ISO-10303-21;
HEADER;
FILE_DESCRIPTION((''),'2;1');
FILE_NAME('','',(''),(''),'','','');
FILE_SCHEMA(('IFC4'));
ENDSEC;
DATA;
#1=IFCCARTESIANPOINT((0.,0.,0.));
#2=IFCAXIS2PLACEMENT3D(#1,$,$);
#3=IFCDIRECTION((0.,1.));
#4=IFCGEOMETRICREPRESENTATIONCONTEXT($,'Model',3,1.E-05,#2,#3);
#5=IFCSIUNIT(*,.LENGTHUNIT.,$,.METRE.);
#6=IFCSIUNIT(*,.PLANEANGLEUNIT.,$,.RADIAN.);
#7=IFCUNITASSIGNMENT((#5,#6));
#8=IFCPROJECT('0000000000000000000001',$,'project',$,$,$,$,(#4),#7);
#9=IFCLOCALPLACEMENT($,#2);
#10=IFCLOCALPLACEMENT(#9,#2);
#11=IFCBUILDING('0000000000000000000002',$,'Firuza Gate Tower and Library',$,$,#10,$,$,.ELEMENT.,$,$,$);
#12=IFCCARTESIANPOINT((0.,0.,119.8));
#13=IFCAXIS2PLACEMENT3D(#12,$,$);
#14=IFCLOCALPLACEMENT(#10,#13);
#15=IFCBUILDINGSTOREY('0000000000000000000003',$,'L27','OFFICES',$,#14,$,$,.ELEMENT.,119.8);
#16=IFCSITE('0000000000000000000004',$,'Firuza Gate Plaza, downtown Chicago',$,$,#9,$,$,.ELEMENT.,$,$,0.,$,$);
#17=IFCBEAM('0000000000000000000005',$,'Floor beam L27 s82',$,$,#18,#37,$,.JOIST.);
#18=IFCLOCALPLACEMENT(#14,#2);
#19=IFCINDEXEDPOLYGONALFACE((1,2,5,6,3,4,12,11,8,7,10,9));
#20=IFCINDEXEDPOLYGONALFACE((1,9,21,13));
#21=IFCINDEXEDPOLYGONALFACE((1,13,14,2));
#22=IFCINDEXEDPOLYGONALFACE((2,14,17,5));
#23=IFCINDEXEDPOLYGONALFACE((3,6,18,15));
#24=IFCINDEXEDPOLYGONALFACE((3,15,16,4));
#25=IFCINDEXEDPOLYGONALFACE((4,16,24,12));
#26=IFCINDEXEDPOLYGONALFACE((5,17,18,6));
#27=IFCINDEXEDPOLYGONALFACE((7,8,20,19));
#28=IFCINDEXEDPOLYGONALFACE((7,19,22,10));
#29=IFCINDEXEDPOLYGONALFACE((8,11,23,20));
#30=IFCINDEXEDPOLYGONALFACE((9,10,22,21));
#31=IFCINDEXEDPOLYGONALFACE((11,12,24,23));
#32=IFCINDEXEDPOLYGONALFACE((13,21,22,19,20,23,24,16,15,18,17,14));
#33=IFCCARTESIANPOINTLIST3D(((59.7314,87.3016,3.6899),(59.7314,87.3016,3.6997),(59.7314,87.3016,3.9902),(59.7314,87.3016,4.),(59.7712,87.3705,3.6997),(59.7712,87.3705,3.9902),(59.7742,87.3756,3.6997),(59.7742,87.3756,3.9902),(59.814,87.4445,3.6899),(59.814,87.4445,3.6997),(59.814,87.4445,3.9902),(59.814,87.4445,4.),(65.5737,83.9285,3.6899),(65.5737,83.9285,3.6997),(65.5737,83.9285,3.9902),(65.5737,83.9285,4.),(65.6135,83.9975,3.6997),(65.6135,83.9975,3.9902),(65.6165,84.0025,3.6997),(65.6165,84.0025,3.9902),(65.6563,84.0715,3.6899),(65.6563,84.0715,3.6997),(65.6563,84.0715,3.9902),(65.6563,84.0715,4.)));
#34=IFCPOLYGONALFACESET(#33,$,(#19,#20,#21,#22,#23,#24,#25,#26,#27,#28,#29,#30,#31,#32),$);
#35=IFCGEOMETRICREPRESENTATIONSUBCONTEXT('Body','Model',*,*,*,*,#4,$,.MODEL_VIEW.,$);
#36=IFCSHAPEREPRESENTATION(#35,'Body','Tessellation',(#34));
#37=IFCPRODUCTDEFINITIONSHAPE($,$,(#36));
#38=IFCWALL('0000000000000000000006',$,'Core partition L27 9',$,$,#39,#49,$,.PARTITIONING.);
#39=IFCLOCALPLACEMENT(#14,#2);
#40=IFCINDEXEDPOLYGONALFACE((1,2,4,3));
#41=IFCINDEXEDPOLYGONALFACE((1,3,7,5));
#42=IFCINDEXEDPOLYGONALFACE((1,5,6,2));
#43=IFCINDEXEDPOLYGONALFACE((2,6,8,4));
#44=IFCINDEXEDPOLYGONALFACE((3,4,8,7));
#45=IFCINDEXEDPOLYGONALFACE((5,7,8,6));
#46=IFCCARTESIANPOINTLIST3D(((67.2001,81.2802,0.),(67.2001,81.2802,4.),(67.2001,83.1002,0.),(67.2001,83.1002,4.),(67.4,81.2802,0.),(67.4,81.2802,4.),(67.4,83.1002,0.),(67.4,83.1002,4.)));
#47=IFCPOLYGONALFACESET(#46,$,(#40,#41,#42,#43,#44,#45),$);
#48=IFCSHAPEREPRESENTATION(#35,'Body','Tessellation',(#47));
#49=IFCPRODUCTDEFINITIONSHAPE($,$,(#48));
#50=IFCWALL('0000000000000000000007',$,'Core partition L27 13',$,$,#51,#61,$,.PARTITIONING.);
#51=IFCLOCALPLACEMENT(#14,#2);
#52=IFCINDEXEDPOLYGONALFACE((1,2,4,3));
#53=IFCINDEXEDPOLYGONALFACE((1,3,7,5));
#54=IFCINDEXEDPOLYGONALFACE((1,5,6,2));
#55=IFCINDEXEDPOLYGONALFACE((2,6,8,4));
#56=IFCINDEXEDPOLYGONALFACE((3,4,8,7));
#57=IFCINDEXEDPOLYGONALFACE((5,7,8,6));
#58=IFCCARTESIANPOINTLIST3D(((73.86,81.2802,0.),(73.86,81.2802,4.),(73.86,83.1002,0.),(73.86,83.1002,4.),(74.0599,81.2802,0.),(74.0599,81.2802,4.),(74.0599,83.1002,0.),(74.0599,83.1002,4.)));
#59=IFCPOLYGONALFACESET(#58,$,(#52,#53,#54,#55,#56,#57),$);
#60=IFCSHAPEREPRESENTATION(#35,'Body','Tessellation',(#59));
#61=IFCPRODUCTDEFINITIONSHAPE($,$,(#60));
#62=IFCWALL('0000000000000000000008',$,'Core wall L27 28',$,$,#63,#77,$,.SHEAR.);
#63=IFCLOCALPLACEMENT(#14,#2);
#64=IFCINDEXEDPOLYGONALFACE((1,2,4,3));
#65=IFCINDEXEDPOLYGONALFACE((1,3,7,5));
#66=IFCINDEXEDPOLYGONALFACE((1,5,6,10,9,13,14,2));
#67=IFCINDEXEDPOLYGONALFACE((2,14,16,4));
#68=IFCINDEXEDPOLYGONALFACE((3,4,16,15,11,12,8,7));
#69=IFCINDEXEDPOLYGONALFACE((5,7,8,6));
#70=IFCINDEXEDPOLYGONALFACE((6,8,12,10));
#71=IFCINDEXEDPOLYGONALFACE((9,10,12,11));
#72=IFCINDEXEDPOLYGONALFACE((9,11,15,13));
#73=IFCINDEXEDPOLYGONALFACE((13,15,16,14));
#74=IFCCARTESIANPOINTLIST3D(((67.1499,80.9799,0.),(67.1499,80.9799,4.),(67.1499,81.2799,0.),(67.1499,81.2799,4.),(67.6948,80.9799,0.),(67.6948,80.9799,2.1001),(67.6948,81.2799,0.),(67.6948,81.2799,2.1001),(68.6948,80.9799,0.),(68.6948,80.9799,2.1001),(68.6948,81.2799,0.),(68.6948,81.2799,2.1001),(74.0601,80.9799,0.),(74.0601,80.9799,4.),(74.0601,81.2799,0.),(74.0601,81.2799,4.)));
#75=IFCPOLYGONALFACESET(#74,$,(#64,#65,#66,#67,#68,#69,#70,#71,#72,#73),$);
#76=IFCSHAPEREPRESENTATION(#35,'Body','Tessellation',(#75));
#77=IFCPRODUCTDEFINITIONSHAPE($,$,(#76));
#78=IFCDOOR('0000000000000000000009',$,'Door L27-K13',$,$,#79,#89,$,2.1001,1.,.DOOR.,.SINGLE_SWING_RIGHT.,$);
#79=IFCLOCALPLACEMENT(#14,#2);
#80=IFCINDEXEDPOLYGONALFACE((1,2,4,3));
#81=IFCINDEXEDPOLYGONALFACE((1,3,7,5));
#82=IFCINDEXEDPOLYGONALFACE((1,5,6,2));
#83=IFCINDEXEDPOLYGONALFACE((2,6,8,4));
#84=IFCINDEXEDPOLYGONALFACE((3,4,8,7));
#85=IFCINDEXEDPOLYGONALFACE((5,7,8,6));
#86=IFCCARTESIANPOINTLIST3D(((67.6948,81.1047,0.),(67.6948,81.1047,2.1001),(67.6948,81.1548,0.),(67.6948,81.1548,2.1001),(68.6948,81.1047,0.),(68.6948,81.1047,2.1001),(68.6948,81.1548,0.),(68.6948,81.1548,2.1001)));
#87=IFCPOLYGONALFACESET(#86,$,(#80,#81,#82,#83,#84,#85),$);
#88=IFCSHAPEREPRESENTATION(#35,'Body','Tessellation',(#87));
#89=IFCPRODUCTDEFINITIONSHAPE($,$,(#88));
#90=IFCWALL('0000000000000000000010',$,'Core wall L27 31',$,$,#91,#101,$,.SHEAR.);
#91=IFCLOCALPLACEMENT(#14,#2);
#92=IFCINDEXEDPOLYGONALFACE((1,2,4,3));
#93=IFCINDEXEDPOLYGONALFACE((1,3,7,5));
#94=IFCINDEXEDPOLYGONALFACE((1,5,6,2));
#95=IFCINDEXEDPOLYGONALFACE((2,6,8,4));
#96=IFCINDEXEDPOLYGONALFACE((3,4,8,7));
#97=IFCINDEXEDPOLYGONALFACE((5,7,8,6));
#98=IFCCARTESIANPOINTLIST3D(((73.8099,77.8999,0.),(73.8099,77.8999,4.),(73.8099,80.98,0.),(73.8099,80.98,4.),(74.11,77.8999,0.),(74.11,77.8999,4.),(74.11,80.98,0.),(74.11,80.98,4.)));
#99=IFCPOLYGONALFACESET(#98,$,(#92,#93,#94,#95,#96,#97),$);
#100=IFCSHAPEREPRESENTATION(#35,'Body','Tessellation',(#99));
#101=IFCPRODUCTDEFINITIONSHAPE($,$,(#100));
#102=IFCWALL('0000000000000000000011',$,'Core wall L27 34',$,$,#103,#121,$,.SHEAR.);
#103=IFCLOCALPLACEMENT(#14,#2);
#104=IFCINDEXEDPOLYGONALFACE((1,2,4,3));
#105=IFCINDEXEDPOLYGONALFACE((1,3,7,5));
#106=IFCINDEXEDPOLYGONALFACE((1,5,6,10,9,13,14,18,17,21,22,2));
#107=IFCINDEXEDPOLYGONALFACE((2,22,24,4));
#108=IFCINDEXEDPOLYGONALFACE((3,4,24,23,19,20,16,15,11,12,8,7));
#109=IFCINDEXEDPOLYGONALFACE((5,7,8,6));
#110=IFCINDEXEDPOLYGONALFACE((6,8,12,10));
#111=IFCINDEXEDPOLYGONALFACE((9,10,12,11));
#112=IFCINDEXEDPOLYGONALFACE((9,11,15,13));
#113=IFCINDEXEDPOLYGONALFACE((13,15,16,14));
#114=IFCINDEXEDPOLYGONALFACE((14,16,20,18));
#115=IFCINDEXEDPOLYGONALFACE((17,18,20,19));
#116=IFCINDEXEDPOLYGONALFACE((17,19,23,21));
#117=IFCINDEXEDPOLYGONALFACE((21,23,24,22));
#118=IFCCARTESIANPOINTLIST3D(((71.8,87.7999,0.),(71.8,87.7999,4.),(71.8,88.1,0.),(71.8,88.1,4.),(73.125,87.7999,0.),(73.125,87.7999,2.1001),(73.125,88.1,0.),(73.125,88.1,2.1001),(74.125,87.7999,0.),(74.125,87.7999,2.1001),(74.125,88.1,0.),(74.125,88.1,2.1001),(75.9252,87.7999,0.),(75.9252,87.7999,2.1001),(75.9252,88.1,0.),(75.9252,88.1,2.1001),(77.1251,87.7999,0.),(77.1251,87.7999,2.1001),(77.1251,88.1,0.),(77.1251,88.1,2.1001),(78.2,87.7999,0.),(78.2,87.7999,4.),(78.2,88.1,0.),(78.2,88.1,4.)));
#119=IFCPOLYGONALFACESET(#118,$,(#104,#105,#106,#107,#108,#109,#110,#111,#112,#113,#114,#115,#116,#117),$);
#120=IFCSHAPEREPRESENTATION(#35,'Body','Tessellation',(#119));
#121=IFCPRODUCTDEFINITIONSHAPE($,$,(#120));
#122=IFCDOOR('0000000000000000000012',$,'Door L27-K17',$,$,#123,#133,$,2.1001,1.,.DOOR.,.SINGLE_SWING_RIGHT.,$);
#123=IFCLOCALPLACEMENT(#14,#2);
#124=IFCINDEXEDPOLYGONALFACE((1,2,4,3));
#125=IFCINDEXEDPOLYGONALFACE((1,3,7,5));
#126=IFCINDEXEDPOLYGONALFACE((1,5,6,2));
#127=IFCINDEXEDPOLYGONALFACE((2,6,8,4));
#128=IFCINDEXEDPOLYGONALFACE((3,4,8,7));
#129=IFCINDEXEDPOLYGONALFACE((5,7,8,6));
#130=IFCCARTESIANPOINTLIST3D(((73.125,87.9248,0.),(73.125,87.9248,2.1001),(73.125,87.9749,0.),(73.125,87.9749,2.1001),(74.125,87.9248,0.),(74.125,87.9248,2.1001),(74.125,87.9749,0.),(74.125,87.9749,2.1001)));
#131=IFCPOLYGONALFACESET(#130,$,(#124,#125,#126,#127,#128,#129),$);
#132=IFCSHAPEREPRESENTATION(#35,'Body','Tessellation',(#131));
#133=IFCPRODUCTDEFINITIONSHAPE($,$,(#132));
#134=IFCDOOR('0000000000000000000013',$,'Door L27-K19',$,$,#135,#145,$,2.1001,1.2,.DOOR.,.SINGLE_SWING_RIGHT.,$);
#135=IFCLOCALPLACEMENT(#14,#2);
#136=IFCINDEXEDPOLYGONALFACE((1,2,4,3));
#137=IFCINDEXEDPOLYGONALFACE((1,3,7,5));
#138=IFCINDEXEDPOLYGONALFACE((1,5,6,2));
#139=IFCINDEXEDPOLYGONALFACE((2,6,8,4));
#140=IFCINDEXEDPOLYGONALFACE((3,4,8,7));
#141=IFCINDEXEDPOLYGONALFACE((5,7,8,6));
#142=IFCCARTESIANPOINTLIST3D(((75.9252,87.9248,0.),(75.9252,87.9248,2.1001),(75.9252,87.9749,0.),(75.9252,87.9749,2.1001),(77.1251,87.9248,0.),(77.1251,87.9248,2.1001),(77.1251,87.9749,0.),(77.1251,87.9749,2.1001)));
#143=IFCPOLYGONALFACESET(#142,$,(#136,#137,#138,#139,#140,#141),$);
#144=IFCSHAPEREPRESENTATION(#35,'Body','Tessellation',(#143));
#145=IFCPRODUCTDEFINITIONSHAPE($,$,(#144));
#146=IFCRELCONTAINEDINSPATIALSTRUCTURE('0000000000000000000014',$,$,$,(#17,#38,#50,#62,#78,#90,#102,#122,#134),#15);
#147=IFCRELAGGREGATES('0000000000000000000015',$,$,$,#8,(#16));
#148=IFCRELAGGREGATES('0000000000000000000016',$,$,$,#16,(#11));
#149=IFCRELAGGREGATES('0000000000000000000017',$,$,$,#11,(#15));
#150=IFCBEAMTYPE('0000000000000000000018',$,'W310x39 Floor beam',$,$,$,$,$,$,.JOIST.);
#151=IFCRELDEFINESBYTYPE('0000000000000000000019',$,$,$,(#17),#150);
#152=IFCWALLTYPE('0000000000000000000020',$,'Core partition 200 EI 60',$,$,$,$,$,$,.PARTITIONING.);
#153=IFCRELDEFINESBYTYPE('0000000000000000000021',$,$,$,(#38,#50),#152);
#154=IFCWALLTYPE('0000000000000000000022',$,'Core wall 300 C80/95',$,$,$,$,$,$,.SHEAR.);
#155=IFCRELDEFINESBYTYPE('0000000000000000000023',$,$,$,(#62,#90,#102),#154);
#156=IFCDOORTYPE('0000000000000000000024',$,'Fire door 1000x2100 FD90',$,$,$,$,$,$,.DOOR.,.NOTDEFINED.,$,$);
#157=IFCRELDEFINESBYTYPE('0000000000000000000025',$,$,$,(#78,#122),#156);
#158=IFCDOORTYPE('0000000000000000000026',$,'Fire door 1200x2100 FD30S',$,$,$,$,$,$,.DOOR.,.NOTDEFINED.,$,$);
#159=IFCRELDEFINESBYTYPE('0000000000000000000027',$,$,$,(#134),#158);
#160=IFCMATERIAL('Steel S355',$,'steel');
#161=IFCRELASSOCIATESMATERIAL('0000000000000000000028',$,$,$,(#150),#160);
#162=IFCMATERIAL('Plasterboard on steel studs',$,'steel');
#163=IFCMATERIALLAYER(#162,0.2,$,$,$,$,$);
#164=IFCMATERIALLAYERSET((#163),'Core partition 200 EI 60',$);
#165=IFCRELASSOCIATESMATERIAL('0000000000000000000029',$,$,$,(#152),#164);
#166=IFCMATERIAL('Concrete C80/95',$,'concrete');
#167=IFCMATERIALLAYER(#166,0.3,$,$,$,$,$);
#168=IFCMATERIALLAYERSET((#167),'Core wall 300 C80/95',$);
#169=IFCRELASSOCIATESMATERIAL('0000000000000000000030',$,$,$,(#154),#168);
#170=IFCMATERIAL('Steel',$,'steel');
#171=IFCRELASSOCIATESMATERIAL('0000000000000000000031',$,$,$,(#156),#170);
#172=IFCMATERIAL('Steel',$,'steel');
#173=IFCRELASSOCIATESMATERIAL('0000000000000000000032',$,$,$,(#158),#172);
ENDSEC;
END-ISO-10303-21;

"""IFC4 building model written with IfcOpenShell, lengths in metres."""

from ifc_helpers import new_model, si_unit, direction, frame, frame_2d, origin, origin_2d, place, context, subcontext, project, spatial, rectangle, i_section, extrude, material, layer, layer_set, material_profile, profile_set, type_object, element, fill, save


model = new_model("IFC4")

# Units and contexts
model_context = context("Model", 3, precision=1e-05, world=origin(), true_north=direction((0.0, 1.0)))
body_context = subcontext(model_context, "Body", "Model", "MODEL_VIEW")
ifc_project = project(units=[si_unit("LENGTHUNIT", "METRE"), si_unit("PLANEANGLEUNIT", "RADIAN")], contexts=[model_context])

# Site, building, storey
site_placement = place(None, origin())
site = spatial("IfcSite", under=ifc_project, at=site_placement, Name="Firuza Gate Plaza, downtown Chicago", CompositionType="ELEMENT", RefElevation=0.0)
building_placement = place(site_placement, origin())
building = spatial("IfcBuilding", under=site, at=building_placement, Name="Firuza Gate Tower and Library", CompositionType="ELEMENT")
storey_placement = place(building_placement, frame((0.0, 0.0, 119.8)))
storey = spatial("IfcBuildingStorey", under=building, at=storey_placement, Name="L27", Description="OFFICES", CompositionType="ELEMENT", Elevation=119.8)

# Beam
ifc_material_1 = material(Name="Steel S355", Category="steel")
ifc_material_profile = material_profile(ifc_material_1, i_section(OverallWidth=0.165, OverallDepth=0.3101, WebThickness=0.0059, FlangeThickness=0.0098, at=origin_2d()))
ifc_profile_set = profile_set([ifc_material_profile], Name="Steel S355")
beam_type = type_object("IfcBeamType", Name="W310x39 Floor beam", PredefinedType="JOIST", material=ifc_profile_set)
beam_placement = place(storey_placement, frame((59.7727, 87.373, 3.845), z_axis=(0.866025, -0.5, 0.0), x_axis=(0.5, 0.866025, 0.0)))
element("IfcBeam", 1, at=beam_placement, inside=storey, type_object=beam_type, Name="Floor beam L27 s82", PredefinedType="JOIST", context=body_context, shape_type="SweptSolid", body=[
    extrude(i_section(OverallWidth=0.165, OverallDepth=0.3101, WebThickness=0.0059, FlangeThickness=0.0098, at=origin_2d()), origin(), (0.0, 0.0, 1.0), 6.7461),
])

# Walls
ifc_material_2 = material(Name="Plasterboard on steel studs", Category="steel")
ifc_layer_1 = layer(ifc_material_2, 0.2)
ifc_layer_set_1 = layer_set([ifc_layer_1], Name="Core partition 200 EI 60")
wall_type_1 = type_object("IfcWallType", Name="Core partition 200 EI 60", PredefinedType="PARTITIONING", material=ifc_layer_set_1)
for number, where, z_axis, x_axis, name in (
    (2, (67.3, 81.28, 0.0), (0.0, 0.0, 1.0), (0.0, 1.0, 0.0), "Core partition L27 9"),
    (3, (73.96, 81.28, 0.0), (0.0, 0.0, 1.0), (0.0, 1.0, 0.0), "Core partition L27 13"),
):
    element("IfcWall", number, at=place(storey_placement, frame(where, z_axis=z_axis, x_axis=x_axis)), inside=storey, type_object=wall_type_1, Name=name, PredefinedType="PARTITIONING", context=body_context, shape_type="SweptSolid", body=[
        extrude(rectangle(XDim=1.8201, YDim=0.2, at=frame_2d((0.9102, 0.0))), origin(), (0.0, 0.0, 1.0), 4.0),
    ])

# Wall, opening, door
ifc_material_3 = material(Name="Concrete C80/95", Category="concrete")
ifc_layer_2 = layer(ifc_material_3, 0.3)
ifc_layer_set_2 = layer_set([ifc_layer_2], Name="Core wall 300 C80/95")
wall_type_2 = type_object("IfcWallType", Name="Core wall 300 C80/95", PredefinedType="SHEAR", material=ifc_layer_set_2)
wall_1_placement = place(storey_placement, frame((67.1499, 81.1299, 0.0), z_axis=(0.0, 0.0, 1.0), x_axis=(1.0, 0.0, 0.0)))
wall_1 = element("IfcWall", 4, at=wall_1_placement, inside=storey, type_object=wall_type_2, Name="Core wall L27 28", PredefinedType="SHEAR", context=body_context, shape_type="SweptSolid", body=[
    extrude(rectangle(XDim=6.9102, YDim=0.3, at=frame_2d((3.4551, 0.0))), origin(), (0.0, 0.0, 1.0), 4.0),
])
opening_1_placement = place(wall_1_placement, frame((0.5449, 0.0, 0.0)))
opening_1 = element("IfcOpeningElement", 5, at=opening_1_placement, cuts=wall_1, PredefinedType="OPENING", context=body_context, shape_type="SweptSolid", body=[
    extrude(rectangle(XDim=1.0, YDim=2.1001, at=frame_2d((0.5, 1.05))), frame((0.0, 0.1602, 0.0), z_axis=(0.0, -1.0, 0.0), x_axis=(1.0, 0.0, 0.0)), (0.0, 0.0, 1.0), 0.3201),
])
ifc_material_4 = material(Name="Steel", Category="steel")
door_type_1 = type_object("IfcDoorType", Name="Fire door 1000x2100 FD90", OperationType="NOTDEFINED", PredefinedType="DOOR", material=ifc_material_4)
door_1_placement = place(opening_1_placement, origin())
door_1 = element("IfcDoor", 6, at=door_1_placement, inside=storey, type_object=door_type_1, Name="Door L27-K13", OperationType="SINGLE_SWING_RIGHT", OverallHeight=2.1001, OverallWidth=1.0, PredefinedType="DOOR", context=body_context, shape_type="SweptSolid", body=[
    extrude(rectangle(XDim=1.0, YDim=2.1001, at=frame_2d((0.5, 1.05))), frame((0.0, 0.0249, 0.0), z_axis=(0.0, -1.0, 0.0), x_axis=(1.0, 0.0, 0.0)), (0.0, 0.0, 1.0), 0.05),
])
fill(opening_1, door_1)

# Wall
wall_2_placement = place(storey_placement, frame((73.96, 77.8999, 0.0), z_axis=(0.0, 0.0, 1.0), x_axis=(0.0, 1.0, 0.0)))
element("IfcWall", 7, at=wall_2_placement, inside=storey, type_object=wall_type_2, Name="Core wall L27 31", PredefinedType="SHEAR", context=body_context, shape_type="SweptSolid", body=[
    extrude(rectangle(XDim=3.0801, YDim=0.3, at=frame_2d((1.54, 0.0))), origin(), (0.0, 0.0, 1.0), 4.0),
])

# Wall, openings, doors
wall_3_placement = place(storey_placement, frame((71.8, 87.95, 0.0), z_axis=(0.0, 0.0, 1.0), x_axis=(1.0, 0.0, 0.0)))
wall_3 = element("IfcWall", 8, at=wall_3_placement, inside=storey, type_object=wall_type_2, Name="Core wall L27 34", PredefinedType="SHEAR", context=body_context, shape_type="SweptSolid", body=[
    extrude(rectangle(XDim=6.3999, YDim=0.3, at=frame_2d((3.2, 0.0))), origin(), (0.0, 0.0, 1.0), 4.0),
])
opening_2_placement = place(wall_3_placement, frame((1.325, 0.0, 0.0)))
opening_2 = element("IfcOpeningElement", 9, at=opening_2_placement, cuts=wall_3, PredefinedType="OPENING", context=body_context, shape_type="SweptSolid", body=[
    extrude(rectangle(XDim=1.0, YDim=2.1001, at=frame_2d((0.5, 1.05))), frame((0.0, 0.1602, 0.0), z_axis=(0.0, -1.0, 0.0), x_axis=(1.0, 0.0, 0.0)), (0.0, 0.0, 1.0), 0.3201),
])
opening_3_placement = place(wall_3_placement, frame((4.125, 0.0, 0.0)))
opening_3 = element("IfcOpeningElement", 10, at=opening_3_placement, cuts=wall_3, PredefinedType="OPENING", context=body_context, shape_type="SweptSolid", body=[
    extrude(rectangle(XDim=1.2, YDim=2.1001, at=frame_2d((0.6001, 1.05))), frame((0.0, 0.1602, 0.0), z_axis=(0.0, -1.0, 0.0), x_axis=(1.0, 0.0, 0.0)), (0.0, 0.0, 1.0), 0.3201),
])
door_2_placement = place(opening_2_placement, origin())
door_2 = element("IfcDoor", 11, at=door_2_placement, inside=storey, type_object=door_type_1, Name="Door L27-K17", OperationType="SINGLE_SWING_RIGHT", OverallHeight=2.1001, OverallWidth=1.0, PredefinedType="DOOR", context=body_context, shape_type="SweptSolid", body=[
    extrude(rectangle(XDim=1.0, YDim=2.1001, at=frame_2d((0.5, 1.05))), frame((0.0, 0.0249, 0.0), z_axis=(0.0, -1.0, 0.0), x_axis=(1.0, 0.0, 0.0)), (0.0, 0.0, 1.0), 0.05),
])
fill(opening_2, door_2)
ifc_material_5 = material(Name="Steel", Category="steel")
door_type_2 = type_object("IfcDoorType", Name="Fire door 1200x2100 FD30S", OperationType="NOTDEFINED", PredefinedType="DOOR", material=ifc_material_5)
door_3_placement = place(opening_3_placement, origin())
door_3 = element("IfcDoor", 12, at=door_3_placement, inside=storey, type_object=door_type_2, Name="Door L27-K19", OperationType="SINGLE_SWING_RIGHT", OverallHeight=2.1001, OverallWidth=1.2, PredefinedType="DOOR", context=body_context, shape_type="SweptSolid", body=[
    extrude(rectangle(XDim=1.2, YDim=2.1001, at=frame_2d((0.6001, 1.05))), frame((0.0, 0.0249, 0.0), z_axis=(0.0, -1.0, 0.0), x_axis=(1.0, 0.0, 0.0)), (0.0, 0.0, 1.0), 0.05),
])
fill(opening_3, door_3)

save(model, "model.ifc")
